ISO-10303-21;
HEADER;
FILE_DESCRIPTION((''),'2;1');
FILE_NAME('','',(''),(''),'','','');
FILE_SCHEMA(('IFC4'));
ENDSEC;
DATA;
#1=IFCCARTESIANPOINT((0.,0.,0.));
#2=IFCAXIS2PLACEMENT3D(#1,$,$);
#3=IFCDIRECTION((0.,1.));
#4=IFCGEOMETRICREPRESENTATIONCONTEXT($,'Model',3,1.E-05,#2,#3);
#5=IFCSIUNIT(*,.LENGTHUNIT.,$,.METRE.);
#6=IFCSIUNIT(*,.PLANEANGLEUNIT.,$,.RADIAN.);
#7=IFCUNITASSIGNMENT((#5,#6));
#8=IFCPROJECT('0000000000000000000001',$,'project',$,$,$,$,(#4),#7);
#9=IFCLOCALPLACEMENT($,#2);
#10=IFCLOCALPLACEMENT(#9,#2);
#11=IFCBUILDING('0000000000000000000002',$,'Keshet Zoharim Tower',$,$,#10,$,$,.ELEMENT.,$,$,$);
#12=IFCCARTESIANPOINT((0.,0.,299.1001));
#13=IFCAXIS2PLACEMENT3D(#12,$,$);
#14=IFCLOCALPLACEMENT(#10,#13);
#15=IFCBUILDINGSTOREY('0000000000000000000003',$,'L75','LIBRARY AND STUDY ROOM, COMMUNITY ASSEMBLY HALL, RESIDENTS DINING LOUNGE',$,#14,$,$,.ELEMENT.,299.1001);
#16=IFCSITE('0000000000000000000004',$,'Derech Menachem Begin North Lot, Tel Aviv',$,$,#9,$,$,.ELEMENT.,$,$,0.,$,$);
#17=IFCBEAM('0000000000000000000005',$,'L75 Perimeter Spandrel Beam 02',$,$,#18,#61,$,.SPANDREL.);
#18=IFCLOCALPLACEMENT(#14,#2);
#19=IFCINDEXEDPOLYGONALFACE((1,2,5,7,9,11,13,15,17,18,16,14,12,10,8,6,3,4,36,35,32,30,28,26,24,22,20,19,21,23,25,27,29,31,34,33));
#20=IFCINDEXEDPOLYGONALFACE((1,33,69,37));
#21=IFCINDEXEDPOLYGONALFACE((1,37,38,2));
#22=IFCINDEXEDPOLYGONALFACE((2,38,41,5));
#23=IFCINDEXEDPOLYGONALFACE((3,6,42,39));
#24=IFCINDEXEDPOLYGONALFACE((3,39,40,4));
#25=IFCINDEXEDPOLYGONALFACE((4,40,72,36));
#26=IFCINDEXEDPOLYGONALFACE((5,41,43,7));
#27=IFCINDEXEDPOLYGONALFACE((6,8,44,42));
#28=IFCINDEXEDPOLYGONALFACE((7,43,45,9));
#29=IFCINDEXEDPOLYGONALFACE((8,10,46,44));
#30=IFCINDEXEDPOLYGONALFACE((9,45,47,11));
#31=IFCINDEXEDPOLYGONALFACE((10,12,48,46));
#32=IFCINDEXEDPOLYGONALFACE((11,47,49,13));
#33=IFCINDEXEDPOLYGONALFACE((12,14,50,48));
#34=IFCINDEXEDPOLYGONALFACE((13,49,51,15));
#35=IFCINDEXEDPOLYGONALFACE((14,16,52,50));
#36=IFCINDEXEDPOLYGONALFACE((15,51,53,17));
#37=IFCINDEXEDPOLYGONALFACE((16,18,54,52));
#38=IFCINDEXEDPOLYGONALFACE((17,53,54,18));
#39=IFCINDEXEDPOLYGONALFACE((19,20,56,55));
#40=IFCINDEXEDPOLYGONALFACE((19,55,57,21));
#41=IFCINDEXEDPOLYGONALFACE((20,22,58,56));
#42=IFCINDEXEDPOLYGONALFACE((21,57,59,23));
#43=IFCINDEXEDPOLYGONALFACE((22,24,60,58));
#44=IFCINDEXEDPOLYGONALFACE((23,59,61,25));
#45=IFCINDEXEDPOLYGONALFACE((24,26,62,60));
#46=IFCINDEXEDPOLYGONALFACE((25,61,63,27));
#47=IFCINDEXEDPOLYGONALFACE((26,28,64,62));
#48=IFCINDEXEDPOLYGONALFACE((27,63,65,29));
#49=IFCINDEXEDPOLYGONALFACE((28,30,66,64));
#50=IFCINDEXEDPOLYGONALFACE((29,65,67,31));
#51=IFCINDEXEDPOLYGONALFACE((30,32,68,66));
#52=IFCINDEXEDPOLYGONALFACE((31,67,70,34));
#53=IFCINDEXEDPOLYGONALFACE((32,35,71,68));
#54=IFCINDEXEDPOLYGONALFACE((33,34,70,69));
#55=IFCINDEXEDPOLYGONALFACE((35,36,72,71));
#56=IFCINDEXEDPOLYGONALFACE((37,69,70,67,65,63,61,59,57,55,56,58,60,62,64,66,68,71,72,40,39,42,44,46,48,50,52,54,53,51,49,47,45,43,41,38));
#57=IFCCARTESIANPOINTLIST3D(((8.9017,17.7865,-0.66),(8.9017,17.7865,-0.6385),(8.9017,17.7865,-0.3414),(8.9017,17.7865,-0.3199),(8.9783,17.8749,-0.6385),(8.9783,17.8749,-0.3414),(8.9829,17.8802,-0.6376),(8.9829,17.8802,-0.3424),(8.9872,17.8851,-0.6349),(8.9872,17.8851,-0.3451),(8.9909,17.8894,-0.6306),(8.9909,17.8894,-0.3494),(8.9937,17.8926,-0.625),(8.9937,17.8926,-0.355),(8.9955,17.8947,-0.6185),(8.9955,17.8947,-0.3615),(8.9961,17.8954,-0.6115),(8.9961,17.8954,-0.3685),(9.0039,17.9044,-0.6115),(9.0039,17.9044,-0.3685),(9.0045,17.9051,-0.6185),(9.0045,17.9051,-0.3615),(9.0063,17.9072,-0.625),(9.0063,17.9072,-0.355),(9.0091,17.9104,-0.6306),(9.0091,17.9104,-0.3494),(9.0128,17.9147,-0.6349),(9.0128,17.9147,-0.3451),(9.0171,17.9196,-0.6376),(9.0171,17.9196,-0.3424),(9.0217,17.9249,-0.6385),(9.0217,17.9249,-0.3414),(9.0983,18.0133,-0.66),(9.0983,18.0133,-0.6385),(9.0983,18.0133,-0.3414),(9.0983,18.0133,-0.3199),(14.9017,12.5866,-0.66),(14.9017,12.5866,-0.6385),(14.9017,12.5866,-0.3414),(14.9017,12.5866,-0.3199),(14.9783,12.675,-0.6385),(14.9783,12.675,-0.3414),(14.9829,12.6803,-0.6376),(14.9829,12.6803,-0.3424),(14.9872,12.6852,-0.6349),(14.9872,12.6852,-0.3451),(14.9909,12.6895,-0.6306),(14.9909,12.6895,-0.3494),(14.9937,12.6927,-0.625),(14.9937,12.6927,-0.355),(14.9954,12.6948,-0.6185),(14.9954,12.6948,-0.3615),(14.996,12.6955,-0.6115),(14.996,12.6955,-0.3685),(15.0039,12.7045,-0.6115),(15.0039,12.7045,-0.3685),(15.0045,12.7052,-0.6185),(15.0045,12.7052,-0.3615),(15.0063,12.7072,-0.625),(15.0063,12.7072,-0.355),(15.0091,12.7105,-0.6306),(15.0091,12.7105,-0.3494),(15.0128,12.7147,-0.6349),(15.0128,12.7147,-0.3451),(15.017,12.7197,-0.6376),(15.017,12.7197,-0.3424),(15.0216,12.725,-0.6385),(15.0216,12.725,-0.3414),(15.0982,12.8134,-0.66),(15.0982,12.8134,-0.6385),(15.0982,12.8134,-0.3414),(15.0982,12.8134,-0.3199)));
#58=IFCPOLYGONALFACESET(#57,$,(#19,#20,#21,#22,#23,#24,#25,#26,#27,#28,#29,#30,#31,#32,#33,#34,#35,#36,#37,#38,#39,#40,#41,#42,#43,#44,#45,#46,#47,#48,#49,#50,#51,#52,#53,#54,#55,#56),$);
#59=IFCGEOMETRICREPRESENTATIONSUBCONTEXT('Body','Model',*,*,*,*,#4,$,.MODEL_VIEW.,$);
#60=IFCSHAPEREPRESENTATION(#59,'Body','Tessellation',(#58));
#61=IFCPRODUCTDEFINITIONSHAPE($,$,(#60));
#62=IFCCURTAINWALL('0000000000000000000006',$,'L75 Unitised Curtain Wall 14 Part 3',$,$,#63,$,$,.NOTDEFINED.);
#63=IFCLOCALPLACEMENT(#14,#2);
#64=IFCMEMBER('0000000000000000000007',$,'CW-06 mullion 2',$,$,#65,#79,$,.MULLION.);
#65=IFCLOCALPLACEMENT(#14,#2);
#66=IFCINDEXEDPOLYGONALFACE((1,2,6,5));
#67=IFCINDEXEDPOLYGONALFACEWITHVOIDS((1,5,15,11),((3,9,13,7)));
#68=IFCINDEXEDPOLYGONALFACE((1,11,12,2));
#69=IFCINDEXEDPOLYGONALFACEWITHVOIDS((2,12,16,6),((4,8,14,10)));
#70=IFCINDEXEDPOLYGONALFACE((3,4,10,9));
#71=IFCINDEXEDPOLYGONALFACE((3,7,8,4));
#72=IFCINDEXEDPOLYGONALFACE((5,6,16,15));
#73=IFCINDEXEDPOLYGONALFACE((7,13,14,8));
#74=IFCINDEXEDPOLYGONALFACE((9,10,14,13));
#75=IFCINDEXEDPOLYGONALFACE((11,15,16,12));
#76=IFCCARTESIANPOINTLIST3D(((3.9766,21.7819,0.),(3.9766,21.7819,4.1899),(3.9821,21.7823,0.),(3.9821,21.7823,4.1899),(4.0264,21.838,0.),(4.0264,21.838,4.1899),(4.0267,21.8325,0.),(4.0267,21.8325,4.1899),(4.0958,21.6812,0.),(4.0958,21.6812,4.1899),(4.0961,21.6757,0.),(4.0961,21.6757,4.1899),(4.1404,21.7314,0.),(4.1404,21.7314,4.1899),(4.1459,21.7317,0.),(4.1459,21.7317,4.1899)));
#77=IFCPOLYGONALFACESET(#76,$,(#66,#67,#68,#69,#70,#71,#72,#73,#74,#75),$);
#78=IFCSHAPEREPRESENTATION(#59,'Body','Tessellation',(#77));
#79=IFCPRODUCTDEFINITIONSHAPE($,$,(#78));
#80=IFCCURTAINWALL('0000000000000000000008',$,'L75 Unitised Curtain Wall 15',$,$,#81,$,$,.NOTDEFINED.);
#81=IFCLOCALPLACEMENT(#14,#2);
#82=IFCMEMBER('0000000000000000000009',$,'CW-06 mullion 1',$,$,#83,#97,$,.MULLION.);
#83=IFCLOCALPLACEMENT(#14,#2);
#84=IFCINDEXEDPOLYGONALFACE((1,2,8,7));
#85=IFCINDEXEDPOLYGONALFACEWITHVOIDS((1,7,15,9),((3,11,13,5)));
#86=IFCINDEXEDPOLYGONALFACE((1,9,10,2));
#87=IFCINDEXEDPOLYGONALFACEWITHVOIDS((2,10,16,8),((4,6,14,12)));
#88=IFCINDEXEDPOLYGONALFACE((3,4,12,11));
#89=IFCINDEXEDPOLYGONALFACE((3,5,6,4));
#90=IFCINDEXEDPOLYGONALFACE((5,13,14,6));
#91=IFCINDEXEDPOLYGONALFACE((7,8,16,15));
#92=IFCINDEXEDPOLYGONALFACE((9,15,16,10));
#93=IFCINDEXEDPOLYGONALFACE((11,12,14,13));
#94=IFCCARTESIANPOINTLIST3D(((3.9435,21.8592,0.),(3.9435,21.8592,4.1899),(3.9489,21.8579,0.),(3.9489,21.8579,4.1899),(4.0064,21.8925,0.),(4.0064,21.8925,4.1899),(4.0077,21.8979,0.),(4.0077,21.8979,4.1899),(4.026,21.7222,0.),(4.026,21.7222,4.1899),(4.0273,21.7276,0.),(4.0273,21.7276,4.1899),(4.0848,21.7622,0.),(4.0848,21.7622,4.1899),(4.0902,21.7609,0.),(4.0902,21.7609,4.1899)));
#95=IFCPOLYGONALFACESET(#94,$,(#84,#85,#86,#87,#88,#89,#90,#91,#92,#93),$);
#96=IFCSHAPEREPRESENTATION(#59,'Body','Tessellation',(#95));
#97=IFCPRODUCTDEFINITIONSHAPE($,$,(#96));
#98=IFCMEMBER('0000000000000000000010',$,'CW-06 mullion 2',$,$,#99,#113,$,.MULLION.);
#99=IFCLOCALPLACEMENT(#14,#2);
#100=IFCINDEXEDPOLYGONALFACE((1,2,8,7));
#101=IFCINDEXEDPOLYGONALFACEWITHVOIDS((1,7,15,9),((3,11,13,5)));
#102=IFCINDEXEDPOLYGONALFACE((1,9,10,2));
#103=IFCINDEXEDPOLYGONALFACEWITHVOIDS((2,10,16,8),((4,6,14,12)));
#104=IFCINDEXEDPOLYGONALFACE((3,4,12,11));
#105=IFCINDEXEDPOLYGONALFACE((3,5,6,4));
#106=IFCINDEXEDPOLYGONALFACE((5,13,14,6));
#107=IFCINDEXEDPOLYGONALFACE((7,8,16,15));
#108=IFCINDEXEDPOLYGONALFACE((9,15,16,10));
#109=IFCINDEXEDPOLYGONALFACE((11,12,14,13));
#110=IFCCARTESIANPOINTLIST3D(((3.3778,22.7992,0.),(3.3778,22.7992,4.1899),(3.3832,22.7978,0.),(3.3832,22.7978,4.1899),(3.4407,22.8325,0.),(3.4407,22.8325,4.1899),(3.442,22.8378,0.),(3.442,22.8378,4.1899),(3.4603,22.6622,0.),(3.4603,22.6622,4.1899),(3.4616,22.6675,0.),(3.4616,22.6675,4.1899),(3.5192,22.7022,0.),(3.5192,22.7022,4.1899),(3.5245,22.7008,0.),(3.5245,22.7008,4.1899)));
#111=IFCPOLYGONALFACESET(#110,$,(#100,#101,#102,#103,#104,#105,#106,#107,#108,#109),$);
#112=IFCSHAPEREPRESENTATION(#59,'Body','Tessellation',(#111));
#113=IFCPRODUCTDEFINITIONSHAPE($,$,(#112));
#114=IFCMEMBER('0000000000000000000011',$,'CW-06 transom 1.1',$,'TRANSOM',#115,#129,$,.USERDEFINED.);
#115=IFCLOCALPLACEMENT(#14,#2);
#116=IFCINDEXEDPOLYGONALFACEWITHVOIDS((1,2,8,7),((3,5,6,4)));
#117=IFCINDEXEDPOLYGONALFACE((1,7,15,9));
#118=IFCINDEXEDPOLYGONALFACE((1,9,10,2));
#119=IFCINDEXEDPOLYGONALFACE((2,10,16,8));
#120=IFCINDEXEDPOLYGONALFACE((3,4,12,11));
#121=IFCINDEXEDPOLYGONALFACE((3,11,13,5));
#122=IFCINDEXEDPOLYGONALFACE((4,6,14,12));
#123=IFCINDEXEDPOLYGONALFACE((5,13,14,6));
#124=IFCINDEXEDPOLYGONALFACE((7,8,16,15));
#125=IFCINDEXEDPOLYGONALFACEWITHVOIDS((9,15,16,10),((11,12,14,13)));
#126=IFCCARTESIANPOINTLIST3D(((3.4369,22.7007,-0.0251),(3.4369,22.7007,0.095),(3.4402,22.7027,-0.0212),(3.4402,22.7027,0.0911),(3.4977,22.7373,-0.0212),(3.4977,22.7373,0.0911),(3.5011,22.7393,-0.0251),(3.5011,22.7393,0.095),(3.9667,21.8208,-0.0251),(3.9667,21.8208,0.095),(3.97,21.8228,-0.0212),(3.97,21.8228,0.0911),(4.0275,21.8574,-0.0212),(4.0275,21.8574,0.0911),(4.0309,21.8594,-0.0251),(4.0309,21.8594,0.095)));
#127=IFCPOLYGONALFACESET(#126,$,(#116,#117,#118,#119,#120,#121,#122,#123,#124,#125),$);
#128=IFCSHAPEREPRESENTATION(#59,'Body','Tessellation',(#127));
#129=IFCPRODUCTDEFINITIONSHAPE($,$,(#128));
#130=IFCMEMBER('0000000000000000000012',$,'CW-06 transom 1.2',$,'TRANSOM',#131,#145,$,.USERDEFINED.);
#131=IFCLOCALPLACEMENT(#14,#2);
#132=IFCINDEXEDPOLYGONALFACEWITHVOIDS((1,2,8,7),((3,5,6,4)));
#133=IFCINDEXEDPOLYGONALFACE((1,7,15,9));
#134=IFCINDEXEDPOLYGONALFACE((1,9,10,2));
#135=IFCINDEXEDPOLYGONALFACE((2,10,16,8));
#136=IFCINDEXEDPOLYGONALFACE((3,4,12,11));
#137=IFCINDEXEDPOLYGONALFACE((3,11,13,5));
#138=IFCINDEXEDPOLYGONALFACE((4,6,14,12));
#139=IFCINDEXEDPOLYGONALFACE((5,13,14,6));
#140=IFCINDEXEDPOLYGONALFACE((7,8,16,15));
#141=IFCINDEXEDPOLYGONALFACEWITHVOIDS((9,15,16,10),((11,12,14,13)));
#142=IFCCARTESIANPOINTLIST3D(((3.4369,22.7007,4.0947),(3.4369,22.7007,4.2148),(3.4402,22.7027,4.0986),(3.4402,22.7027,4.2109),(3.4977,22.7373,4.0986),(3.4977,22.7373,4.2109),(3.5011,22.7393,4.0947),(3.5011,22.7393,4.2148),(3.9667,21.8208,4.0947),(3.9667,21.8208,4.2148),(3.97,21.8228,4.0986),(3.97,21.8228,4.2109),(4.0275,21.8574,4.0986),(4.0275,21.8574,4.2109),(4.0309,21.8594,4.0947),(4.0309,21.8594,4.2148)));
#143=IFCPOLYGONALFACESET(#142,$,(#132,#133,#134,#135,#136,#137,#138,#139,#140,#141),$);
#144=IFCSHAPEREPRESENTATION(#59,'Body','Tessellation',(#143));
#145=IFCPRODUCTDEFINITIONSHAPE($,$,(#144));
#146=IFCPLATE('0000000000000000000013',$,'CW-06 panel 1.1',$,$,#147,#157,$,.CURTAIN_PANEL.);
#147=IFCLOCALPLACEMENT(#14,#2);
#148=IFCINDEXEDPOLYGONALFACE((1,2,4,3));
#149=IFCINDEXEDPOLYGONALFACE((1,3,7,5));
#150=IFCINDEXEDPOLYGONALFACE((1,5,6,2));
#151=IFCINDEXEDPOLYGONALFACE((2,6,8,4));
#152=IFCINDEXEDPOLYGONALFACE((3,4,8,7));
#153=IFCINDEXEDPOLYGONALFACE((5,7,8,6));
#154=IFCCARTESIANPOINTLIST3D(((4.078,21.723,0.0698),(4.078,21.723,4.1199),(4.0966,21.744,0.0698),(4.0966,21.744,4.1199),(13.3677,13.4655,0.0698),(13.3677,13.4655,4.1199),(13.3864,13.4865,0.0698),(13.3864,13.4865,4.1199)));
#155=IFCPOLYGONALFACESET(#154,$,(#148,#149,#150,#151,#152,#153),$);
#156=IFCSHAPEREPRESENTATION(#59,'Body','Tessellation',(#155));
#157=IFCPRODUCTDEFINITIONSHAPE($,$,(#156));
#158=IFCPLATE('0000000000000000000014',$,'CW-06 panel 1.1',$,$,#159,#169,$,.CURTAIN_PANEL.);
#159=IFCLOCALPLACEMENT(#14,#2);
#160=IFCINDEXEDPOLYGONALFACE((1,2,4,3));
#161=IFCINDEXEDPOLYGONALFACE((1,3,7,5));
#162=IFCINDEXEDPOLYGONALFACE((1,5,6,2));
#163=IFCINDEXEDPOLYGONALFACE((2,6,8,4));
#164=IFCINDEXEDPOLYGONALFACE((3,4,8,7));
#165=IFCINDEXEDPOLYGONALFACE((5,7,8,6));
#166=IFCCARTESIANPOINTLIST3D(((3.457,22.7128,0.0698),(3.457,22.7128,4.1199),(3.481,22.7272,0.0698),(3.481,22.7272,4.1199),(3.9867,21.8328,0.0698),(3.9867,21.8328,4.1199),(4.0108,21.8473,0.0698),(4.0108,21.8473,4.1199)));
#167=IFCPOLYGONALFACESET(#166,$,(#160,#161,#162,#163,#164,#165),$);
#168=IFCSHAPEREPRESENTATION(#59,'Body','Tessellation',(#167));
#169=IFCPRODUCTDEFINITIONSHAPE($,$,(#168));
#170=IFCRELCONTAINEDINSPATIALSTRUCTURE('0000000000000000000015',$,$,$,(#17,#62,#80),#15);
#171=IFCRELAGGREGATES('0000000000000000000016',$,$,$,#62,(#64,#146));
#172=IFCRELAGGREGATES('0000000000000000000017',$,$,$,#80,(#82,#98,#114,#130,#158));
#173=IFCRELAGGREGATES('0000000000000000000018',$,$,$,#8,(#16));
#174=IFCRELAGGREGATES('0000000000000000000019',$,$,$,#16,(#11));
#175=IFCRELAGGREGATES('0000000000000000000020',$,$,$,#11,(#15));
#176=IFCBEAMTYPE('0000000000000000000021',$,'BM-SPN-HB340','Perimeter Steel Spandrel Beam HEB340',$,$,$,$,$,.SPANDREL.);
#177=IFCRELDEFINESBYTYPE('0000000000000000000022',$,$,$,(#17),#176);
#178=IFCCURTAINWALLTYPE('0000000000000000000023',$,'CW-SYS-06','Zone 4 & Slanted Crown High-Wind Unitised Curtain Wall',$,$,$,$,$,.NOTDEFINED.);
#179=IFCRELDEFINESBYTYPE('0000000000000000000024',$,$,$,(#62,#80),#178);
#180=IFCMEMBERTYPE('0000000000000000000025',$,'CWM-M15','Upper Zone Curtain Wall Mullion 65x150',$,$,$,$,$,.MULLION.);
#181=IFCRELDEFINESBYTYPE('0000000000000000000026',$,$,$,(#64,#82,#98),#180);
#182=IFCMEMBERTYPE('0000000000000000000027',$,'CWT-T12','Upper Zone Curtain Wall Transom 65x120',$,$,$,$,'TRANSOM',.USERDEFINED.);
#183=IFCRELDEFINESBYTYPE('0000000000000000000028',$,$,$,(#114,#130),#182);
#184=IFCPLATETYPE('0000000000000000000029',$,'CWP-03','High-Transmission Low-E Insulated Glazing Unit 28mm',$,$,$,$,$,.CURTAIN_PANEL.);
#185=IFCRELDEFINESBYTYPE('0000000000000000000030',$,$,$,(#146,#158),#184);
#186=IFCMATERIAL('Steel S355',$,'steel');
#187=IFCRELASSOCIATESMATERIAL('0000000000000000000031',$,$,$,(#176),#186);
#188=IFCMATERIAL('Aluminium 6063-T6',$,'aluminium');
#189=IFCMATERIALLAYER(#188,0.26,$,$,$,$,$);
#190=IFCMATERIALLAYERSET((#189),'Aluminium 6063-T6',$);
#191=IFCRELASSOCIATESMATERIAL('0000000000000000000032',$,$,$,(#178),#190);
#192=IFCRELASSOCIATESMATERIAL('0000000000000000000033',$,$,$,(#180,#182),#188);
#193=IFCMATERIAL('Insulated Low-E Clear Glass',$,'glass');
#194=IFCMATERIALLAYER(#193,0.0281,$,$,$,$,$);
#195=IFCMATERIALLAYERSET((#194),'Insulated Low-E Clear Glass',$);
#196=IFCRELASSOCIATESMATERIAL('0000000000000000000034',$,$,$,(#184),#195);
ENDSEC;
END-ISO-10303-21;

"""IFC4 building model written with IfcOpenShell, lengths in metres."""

from ifc_helpers import new_model, si_unit, direction, frame, origin, origin_2d, place, context, subcontext, project, spatial, rectangle, hollow_rectangle, i_section, extrude, material, layer, layer_set, material_profile, profile_set, type_object, element, aggregate, save


model = new_model("IFC4")

# Units and contexts
model_context = context("Model", 3, precision=1e-05, world=origin(), true_north=direction((0.0, 1.0)))
body_context = subcontext(model_context, "Body", "Model", "MODEL_VIEW")
ifc_project = project(units=[si_unit("LENGTHUNIT", "METRE"), si_unit("PLANEANGLEUNIT", "RADIAN")], contexts=[model_context])

# Site, building, storey
site_placement = place(None, origin())
site = spatial("IfcSite", under=ifc_project, at=site_placement, Name="Derech Menachem Begin North Lot, Tel Aviv", CompositionType="ELEMENT", RefElevation=0.0)
building_placement = place(site_placement, origin())
building = spatial("IfcBuilding", under=site, at=building_placement, Name="Keshet Zoharim Tower", CompositionType="ELEMENT")
storey_placement = place(building_placement, frame((0.0, 0.0, 299.1001)))
storey = spatial("IfcBuildingStorey", under=building, at=storey_placement, Name="L75", Description="LIBRARY AND STUDY ROOM, COMMUNITY ASSEMBLY HALL, RESIDENTS DINING LOUNGE", CompositionType="ELEMENT", Elevation=299.1001)

# Shared definitions
ifc_material_1 = material(Name="Steel S355", Category="steel")

# Beam
ifc_material_profile_1 = material_profile(ifc_material_1, i_section(OverallWidth=0.3, OverallDepth=0.3401, WebThickness=0.012, FlangeThickness=0.0215, FilletRadius=0.0271, at=origin_2d()), Name="HEB340")
ifc_profile_set_1 = profile_set([ifc_material_profile_1], Name="Steel S355")
beam_type_1 = type_object("IfcBeamType", Name="BM-SPN-HB340", Description="Perimeter Steel Spandrel Beam HEB340", PredefinedType="SPANDREL", material=ifc_profile_set_1)
beam_1_placement = place(storey_placement, frame((9.0, 17.8999, -0.49), z_axis=(0.755692, -0.654927, 0.0), x_axis=(0.654927, 0.755692, 0.0)))
element("IfcBeam", 1, at=beam_1_placement, inside=storey, type_object=beam_type_1, Name="L75 Perimeter Spandrel Beam 02", PredefinedType="SPANDREL", context=body_context, shape_type="SweptSolid", body=[
    extrude(i_section(OverallWidth=0.3, OverallDepth=0.3401, WebThickness=0.012, FlangeThickness=0.0215, FilletRadius=0.0271, at=origin_2d()), origin(), (0.0, 0.0, 1.0), 7.9397),
])

# Curtain wall, member
ifc_material_2 = material(Name="Aluminium 6063-T6", Category="aluminium")
ifc_layer_1 = layer(ifc_material_2, 0.26)
ifc_layer_set_1 = layer_set([ifc_layer_1], Name="Aluminium 6063-T6")
curtain_wall_type = type_object("IfcCurtainWallType", Name="CW-SYS-06", Description="Zone 4 & Slanted Crown High-Wind Unitised Curtain Wall", PredefinedType="NOTDEFINED", material=ifc_layer_set_1)
curtain_wall_1_placement = place(storey_placement, origin())
curtain_wall_1 = element("IfcCurtainWall", 2, at=curtain_wall_1_placement, inside=storey, type_object=curtain_wall_type, Name="L75 Unitised Curtain Wall 14 Part 3", PredefinedType="NOTDEFINED")
ifc_material_profile_2 = material_profile(ifc_material_2, hollow_rectangle(XDim=0.075, YDim=0.1599, WallThickness=0.0039, at=origin_2d()), Name="MUL-75x160")
ifc_profile_set_2 = profile_set([ifc_material_profile_2], Name="Aluminium 6063-T6")
member_type_1 = type_object("IfcMemberType", Name="CWM-M15", Description="Upper Zone Curtain Wall Mullion 65x150", PredefinedType="MULLION", material=ifc_profile_set_2)
member_1_placement = place(storey_placement, frame((4.0613, 21.7568, 0.0), z_axis=(0.0, 0.0, 1.0), x_axis=(-0.664359, -0.747413, 0.0)))
member_1 = element("IfcMember", 3, at=member_1_placement, type_object=member_type_1, Name="CW-06 mullion 2", PredefinedType="MULLION", context=body_context, shape_type="SweptSolid", body=[
    extrude(hollow_rectangle(XDim=0.075, YDim=0.1599, WallThickness=0.0039, at=origin_2d()), origin(), (0.0, 0.0, 1.0), 4.1899),
])

# Curtain wall, members
curtain_wall_2_placement = place(storey_placement, origin())
curtain_wall_2 = element("IfcCurtainWall", 4, at=curtain_wall_2_placement, inside=storey, type_object=curtain_wall_type, Name="L75 Unitised Curtain Wall 15", PredefinedType="NOTDEFINED")
member_2_placement = place(storey_placement, frame((4.0168, 21.8101, 0.0), z_axis=(0.0, 0.0, 1.0), x_axis=(-0.856736, -0.515755, 0.0)))
member_2 = element("IfcMember", 5, at=member_2_placement, type_object=member_type_1, Name="CW-06 mullion 1", PredefinedType="MULLION", context=body_context, shape_type="SweptSolid", body=[
    extrude(hollow_rectangle(XDim=0.075, YDim=0.1599, WallThickness=0.0039, at=origin_2d()), origin(), (0.0, 0.0, 1.0), 4.1899),
])
member_3_placement = place(storey_placement, frame((3.4512, 22.75, 0.0), z_axis=(0.0, 0.0, 1.0), x_axis=(-0.856736, -0.515755, 0.0)))
member_3 = element("IfcMember", 6, at=member_3_placement, type_object=member_type_1, Name="CW-06 mullion 2", PredefinedType="MULLION", context=body_context, shape_type="SweptSolid", body=[
    extrude(hollow_rectangle(XDim=0.075, YDim=0.1599, WallThickness=0.0039, at=origin_2d()), origin(), (0.0, 0.0, 1.0), 4.1899),
])
ifc_material_profile_3 = material_profile(ifc_material_2, hollow_rectangle(XDim=0.075, YDim=0.1201, WallThickness=0.0039, at=origin_2d()), Name="TRN-75x120")
ifc_profile_set_3 = profile_set([ifc_material_profile_3], Name="Aluminium 6063-T6")
member_type_2 = type_object("IfcMemberType", Name="CWT-T12", Description="Upper Zone Curtain Wall Transom 65x120", ElementType="TRANSOM", PredefinedType="USERDEFINED", material=ifc_profile_set_3)
member_4_placement = place(storey_placement, frame((3.9988, 21.8401, 0.0349), z_axis=(-0.515823, 0.856695, 0.0), x_axis=(-0.856695, -0.515823, 0.0)))
member_4 = element("IfcMember", 7, at=member_4_placement, type_object=member_type_2, Name="CW-06 transom 1.1", ObjectType="TRANSOM", PredefinedType="USERDEFINED", context=body_context, shape_type="SweptSolid", body=[
    extrude(hollow_rectangle(XDim=0.075, YDim=0.1201, WallThickness=0.0039, at=origin_2d()), origin(), (0.0, 0.0, 1.0), 1.0271),
])
member_5_placement = place(storey_placement, frame((3.9988, 21.8401, 4.1548), z_axis=(-0.515823, 0.856695, 0.0), x_axis=(-0.856695, -0.515823, 0.0)))
member_5 = element("IfcMember", 8, at=member_5_placement, type_object=member_type_2, Name="CW-06 transom 1.2", ObjectType="TRANSOM", PredefinedType="USERDEFINED", context=body_context, shape_type="SweptSolid", body=[
    extrude(hollow_rectangle(XDim=0.075, YDim=0.1201, WallThickness=0.0039, at=origin_2d()), origin(), (0.0, 0.0, 1.0), 1.0271),
])

# Plates
ifc_material_3 = material(Name="Insulated Low-E Clear Glass", Category="glass")
ifc_layer_2 = layer(ifc_material_3, 0.0281)
ifc_layer_set_2 = layer_set([ifc_layer_2], Name="Insulated Low-E Clear Glass")
plate_type = type_object("IfcPlateType", Name="CWP-03", Description="High-Transmission Low-E Insulated Glazing Unit 28mm", PredefinedType="CURTAIN_PANEL", material=ifc_layer_set_2)
plate_1_placement = place(storey_placement, frame((8.7322, 17.6047, 0.0698), z_axis=(0.0, 0.0, 1.0), x_axis=(-0.747413, 0.664359, 0.0)))
plate_1 = element("IfcPlate", 9, at=plate_1_placement, type_object=plate_type, Name="CW-06 panel 1.1", PredefinedType="CURTAIN_PANEL", context=body_context, shape_type="SweptSolid", body=[
    extrude(rectangle(XDim=12.4292, YDim=0.0281, at=origin_2d()), origin(), (0.0, 0.0, 1.0), 4.05),
])
aggregate(curtain_wall_1, [member_1, plate_1])
plate_2_placement = place(storey_placement, frame((3.7339, 22.28, 0.0698), z_axis=(0.0, 0.0, 1.0), x_axis=(-0.515755, 0.856736, 0.0)))
plate_2 = element("IfcPlate", 10, at=plate_2_placement, type_object=plate_type, Name="CW-06 panel 1.1", PredefinedType="CURTAIN_PANEL", context=body_context, shape_type="SweptSolid", body=[
    extrude(rectangle(XDim=1.0271, YDim=0.0281, at=origin_2d()), origin(), (0.0, 0.0, 1.0), 4.05),
])
aggregate(curtain_wall_2, [member_2, member_3, member_4, member_5, plate_2])

save(model, "model.ifc")
